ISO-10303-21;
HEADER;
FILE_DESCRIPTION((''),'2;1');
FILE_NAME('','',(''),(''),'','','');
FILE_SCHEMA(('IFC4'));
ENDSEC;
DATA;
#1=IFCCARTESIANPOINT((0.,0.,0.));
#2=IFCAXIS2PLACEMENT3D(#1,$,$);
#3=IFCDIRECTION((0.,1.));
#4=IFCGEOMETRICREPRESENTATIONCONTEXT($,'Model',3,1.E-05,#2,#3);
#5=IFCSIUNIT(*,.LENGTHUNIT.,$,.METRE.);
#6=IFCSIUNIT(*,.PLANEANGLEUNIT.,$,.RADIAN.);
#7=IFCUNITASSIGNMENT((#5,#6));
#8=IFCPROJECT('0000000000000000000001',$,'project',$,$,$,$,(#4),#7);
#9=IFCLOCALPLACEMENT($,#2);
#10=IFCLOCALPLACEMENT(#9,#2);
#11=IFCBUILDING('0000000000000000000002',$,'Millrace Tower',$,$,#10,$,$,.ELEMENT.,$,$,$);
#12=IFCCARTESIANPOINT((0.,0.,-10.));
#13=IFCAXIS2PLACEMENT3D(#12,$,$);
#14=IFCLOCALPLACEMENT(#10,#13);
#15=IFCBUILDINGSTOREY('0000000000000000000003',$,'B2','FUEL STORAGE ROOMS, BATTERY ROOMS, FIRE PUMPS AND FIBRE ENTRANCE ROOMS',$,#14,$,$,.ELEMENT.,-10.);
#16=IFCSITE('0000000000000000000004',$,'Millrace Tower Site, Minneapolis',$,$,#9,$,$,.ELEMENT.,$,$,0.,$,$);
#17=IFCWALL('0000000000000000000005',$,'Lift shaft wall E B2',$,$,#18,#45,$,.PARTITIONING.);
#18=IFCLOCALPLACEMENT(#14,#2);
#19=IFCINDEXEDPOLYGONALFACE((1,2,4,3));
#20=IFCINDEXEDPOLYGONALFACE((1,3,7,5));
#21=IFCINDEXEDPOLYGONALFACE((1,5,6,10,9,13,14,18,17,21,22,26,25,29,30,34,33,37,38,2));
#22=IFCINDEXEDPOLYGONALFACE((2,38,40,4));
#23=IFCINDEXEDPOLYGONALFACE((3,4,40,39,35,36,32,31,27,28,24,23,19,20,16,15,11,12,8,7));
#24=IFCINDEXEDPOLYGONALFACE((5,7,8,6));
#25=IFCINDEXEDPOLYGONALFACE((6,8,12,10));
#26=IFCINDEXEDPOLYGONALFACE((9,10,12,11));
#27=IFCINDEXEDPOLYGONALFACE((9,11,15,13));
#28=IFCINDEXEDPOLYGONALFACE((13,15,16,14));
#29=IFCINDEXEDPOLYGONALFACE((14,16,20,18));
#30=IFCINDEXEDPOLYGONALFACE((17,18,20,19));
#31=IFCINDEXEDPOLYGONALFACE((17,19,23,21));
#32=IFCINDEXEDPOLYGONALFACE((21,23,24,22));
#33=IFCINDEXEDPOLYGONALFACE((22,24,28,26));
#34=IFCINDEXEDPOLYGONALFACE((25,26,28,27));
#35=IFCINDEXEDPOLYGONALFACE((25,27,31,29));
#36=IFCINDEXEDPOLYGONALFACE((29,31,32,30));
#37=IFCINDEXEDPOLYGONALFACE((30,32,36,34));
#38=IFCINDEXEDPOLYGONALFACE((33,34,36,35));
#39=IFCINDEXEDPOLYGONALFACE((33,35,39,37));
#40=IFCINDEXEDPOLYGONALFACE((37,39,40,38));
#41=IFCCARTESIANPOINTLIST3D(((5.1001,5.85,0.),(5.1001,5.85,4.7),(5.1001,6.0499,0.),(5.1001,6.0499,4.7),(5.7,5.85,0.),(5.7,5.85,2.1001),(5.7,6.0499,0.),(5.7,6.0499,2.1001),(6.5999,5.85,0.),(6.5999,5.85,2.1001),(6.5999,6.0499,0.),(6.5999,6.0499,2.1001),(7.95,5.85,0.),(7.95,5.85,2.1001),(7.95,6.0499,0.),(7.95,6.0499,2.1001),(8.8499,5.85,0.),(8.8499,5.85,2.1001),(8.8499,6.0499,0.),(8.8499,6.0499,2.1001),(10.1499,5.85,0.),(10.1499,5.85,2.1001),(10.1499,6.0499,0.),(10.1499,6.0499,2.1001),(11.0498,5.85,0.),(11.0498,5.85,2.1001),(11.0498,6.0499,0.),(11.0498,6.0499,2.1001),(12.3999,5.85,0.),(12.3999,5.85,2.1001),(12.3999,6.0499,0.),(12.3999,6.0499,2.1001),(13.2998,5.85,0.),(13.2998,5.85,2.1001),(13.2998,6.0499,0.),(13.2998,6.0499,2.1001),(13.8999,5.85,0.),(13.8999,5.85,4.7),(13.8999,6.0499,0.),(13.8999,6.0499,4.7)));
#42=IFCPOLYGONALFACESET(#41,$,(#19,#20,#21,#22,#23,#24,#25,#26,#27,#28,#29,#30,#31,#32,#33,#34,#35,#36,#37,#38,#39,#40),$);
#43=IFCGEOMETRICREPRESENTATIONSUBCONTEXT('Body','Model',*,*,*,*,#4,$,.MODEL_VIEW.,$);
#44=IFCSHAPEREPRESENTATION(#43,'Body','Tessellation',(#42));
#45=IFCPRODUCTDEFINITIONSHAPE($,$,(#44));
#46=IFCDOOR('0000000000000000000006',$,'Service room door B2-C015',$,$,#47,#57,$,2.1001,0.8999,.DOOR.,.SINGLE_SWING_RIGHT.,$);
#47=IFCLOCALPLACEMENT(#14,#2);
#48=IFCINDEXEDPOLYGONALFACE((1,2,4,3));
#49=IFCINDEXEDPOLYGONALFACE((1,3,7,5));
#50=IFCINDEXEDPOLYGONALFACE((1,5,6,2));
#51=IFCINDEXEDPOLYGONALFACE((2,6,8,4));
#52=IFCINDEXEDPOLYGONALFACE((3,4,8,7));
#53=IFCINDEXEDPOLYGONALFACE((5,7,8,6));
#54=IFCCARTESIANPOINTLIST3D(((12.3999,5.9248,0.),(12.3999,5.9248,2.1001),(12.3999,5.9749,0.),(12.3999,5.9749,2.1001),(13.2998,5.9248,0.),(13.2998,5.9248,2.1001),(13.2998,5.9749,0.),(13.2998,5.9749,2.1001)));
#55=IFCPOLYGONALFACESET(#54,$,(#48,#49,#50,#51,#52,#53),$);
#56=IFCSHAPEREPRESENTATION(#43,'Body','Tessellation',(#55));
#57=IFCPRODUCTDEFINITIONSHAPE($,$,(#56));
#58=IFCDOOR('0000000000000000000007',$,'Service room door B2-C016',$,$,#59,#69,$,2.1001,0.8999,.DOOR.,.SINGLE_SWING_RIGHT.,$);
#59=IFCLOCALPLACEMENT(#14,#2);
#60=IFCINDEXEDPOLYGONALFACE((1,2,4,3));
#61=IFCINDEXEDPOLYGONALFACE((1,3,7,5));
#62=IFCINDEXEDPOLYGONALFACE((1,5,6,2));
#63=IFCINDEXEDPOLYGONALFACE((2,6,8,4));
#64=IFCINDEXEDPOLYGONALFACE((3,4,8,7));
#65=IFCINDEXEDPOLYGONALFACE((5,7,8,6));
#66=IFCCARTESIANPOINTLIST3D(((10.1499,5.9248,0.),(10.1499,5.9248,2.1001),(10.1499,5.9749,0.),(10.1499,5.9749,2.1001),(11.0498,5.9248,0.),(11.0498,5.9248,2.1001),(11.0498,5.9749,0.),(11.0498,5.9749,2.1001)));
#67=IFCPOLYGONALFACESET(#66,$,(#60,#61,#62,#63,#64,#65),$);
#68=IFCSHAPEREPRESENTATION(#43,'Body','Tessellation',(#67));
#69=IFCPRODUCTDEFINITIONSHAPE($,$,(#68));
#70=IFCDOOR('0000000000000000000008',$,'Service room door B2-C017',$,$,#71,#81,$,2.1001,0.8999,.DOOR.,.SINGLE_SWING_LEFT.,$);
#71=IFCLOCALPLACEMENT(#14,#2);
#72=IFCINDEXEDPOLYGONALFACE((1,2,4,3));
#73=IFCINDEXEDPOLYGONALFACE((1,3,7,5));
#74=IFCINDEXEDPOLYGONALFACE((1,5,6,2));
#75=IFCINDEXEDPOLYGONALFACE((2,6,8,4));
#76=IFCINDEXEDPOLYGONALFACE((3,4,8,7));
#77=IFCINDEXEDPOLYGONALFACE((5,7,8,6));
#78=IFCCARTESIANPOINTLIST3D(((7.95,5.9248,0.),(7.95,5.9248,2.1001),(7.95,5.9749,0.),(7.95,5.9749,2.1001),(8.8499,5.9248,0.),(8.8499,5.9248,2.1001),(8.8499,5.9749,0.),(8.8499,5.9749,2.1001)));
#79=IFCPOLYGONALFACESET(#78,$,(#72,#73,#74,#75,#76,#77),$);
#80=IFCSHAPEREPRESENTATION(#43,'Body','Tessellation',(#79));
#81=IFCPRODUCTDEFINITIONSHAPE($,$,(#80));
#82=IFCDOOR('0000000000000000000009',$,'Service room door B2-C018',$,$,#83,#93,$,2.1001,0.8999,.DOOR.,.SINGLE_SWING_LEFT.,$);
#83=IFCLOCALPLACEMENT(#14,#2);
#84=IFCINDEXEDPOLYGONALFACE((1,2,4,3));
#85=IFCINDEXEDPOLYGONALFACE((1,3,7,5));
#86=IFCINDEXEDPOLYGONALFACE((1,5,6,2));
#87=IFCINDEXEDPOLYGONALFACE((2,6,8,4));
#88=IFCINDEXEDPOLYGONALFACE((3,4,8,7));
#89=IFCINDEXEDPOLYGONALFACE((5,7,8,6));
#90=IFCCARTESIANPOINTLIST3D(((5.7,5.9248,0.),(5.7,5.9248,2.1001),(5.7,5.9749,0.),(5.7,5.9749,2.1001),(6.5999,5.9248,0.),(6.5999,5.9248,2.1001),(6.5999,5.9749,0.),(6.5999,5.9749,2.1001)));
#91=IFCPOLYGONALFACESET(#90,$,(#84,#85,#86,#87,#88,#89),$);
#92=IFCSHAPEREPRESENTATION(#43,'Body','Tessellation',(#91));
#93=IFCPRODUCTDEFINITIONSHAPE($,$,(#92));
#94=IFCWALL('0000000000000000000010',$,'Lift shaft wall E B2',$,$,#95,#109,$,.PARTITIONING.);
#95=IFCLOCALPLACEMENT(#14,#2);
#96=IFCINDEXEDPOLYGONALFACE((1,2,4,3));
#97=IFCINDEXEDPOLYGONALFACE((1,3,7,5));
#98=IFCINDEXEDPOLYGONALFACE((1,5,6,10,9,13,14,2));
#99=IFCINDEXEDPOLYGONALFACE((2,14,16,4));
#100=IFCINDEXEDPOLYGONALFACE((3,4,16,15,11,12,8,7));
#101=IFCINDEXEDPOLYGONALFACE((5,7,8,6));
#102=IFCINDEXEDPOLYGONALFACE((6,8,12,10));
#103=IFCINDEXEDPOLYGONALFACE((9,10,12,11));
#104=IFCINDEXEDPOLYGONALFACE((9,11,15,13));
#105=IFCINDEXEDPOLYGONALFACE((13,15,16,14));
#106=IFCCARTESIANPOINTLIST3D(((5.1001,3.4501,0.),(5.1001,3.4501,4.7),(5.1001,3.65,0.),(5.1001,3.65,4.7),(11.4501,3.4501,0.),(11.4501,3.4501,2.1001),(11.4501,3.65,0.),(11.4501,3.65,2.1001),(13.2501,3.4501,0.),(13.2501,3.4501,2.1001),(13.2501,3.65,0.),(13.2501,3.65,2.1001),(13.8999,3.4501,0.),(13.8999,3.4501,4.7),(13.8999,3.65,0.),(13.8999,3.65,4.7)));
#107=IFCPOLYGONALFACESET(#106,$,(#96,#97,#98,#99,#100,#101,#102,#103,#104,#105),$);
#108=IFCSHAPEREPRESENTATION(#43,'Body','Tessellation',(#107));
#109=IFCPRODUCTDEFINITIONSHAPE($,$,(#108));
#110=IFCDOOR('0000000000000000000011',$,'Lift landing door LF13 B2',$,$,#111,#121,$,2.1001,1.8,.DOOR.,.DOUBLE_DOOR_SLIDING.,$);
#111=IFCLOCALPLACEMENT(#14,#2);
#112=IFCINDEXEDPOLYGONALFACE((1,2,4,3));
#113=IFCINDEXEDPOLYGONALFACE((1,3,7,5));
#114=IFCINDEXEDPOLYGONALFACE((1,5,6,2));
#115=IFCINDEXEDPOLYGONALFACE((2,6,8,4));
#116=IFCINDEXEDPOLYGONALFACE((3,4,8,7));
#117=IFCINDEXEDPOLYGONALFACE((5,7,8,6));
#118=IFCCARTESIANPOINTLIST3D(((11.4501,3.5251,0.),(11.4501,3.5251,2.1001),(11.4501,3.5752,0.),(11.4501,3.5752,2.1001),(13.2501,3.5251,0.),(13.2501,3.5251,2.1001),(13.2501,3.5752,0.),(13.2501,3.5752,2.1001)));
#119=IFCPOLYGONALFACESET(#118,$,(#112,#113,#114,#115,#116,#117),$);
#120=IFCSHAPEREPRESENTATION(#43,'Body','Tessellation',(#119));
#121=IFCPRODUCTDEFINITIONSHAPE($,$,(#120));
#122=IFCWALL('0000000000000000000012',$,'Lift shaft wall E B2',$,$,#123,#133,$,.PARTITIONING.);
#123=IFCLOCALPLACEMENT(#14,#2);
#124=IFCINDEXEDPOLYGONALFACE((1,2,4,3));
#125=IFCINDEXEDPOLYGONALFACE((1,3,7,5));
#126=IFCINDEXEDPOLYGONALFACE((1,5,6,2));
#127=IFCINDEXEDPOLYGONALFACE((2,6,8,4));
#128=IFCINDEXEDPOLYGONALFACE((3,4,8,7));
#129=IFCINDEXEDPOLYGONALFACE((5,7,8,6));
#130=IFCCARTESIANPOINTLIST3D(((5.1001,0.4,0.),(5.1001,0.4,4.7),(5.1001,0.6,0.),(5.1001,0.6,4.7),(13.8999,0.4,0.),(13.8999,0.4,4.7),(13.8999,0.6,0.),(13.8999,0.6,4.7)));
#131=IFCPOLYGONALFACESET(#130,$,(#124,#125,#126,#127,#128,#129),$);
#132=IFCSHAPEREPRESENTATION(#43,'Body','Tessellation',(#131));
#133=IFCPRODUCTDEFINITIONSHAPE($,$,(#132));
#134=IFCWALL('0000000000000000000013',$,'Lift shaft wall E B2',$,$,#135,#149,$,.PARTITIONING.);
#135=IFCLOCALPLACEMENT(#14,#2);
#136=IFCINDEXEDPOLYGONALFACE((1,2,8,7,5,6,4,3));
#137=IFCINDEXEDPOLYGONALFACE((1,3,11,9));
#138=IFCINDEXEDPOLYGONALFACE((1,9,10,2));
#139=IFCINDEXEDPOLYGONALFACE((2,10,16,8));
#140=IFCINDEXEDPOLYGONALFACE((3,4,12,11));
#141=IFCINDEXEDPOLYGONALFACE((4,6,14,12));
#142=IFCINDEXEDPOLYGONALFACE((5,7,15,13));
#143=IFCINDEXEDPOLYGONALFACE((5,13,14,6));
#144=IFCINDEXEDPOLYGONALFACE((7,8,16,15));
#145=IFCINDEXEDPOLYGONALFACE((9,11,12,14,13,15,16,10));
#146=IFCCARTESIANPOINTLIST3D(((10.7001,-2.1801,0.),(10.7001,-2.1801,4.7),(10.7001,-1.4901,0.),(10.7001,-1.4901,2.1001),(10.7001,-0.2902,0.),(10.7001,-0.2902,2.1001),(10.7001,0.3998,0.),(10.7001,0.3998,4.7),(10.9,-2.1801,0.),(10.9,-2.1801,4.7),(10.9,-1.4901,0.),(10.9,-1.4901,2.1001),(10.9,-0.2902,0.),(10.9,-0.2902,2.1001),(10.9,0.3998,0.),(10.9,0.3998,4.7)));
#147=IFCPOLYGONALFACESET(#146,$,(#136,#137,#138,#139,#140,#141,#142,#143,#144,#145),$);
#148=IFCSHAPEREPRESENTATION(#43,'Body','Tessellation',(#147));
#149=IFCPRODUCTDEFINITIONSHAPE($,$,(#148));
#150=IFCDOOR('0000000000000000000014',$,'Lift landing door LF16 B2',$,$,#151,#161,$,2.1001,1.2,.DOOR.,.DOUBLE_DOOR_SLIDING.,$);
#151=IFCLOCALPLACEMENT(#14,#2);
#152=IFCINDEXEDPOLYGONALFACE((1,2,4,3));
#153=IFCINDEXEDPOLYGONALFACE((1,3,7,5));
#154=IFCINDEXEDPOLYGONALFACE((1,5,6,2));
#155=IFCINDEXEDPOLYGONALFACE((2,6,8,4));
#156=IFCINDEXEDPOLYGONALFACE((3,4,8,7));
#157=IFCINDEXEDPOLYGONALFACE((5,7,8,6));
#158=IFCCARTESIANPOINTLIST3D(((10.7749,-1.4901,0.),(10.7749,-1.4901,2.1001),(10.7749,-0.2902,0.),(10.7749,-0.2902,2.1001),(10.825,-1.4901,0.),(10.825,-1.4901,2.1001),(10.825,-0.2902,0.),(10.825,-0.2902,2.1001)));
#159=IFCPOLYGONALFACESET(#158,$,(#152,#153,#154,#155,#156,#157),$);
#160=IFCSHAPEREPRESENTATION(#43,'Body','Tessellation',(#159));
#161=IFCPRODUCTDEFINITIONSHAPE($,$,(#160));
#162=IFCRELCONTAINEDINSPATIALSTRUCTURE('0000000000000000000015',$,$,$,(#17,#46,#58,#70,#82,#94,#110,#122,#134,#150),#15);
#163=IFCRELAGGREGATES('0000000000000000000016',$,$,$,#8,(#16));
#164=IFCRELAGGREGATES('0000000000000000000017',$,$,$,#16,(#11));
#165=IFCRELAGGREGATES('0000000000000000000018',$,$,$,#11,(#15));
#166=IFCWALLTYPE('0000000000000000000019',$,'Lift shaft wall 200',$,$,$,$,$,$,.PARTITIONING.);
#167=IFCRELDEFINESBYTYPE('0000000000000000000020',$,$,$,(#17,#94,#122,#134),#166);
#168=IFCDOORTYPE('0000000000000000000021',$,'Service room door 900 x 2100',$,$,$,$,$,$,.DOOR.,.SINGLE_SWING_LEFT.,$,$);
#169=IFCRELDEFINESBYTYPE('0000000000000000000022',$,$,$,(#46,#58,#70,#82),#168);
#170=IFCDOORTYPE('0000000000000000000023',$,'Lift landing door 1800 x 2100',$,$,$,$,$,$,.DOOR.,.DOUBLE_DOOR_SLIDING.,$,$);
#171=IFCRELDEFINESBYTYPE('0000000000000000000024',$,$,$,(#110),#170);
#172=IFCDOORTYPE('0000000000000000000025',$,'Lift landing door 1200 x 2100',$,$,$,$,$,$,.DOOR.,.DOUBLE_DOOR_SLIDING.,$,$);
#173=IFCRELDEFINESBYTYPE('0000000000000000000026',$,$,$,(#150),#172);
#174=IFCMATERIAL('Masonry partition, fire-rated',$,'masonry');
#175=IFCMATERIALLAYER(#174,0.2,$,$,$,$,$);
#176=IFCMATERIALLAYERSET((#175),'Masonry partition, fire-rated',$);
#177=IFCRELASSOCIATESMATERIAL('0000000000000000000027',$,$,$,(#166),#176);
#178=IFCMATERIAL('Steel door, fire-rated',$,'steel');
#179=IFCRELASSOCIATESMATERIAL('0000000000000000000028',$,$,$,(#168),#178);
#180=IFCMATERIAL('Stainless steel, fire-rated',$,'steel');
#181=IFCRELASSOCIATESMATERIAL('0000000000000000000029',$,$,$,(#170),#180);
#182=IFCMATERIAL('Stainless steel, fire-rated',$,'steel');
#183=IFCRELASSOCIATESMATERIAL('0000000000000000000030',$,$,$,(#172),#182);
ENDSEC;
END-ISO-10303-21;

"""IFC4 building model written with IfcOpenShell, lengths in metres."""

from ifc_helpers import new_model, si_unit, direction, frame, frame_2d, origin, place, context, subcontext, project, spatial, rectangle, extrude, material, layer, layer_set, type_object, element, fill, save


model = new_model("IFC4")

# Units and contexts
model_context = context("Model", 3, precision=1e-05, world=origin(), true_north=direction((0.0, 1.0)))
body_context = subcontext(model_context, "Body", "Model", "MODEL_VIEW")
ifc_project = project(units=[si_unit("LENGTHUNIT", "METRE"), si_unit("PLANEANGLEUNIT", "RADIAN")], contexts=[model_context])

# Site, building, storey
site_placement = place(None, origin())
site = spatial("IfcSite", under=ifc_project, at=site_placement, Name="Millrace Tower Site, Minneapolis", CompositionType="ELEMENT", RefElevation=0.0)
building_placement = place(site_placement, origin())
building = spatial("IfcBuilding", under=site, at=building_placement, Name="Millrace Tower", CompositionType="ELEMENT")
storey_placement = place(building_placement, frame((0.0, 0.0, -10.0)))
storey = spatial("IfcBuildingStorey", under=building, at=storey_placement, Name="B2", Description="FUEL STORAGE ROOMS, BATTERY ROOMS, FIRE PUMPS AND FIBRE ENTRANCE ROOMS", CompositionType="ELEMENT", Elevation=-10.0)

# Wall, openings, doors
ifc_material_1 = material(Name="Masonry partition, fire-rated", Category="masonry")
ifc_layer_1 = layer(ifc_material_1, 0.2)
ifc_layer_set_1 = layer_set([ifc_layer_1], Name="Masonry partition, fire-rated")
wall_type_1 = type_object("IfcWallType", Name="Lift shaft wall 200", PredefinedType="PARTITIONING", material=ifc_layer_set_1)
wall_1_placement = place(storey_placement, frame((13.8999, 5.95, 0.0), z_axis=(0.0, 0.0, 1.0), x_axis=(-1.0, 0.0, 0.0)))
wall_1 = element("IfcWall", 1, at=wall_1_placement, inside=storey, type_object=wall_type_1, Name="Lift shaft wall E B2", PredefinedType="PARTITIONING", context=body_context, shape_type="SweptSolid", body=[
    extrude(rectangle(XDim=8.7998, YDim=0.2, at=frame_2d((4.3999, 0.0))), origin(), (0.0, 0.0, 1.0), 4.7),
])
opening_1_placement = place(wall_1_placement, frame((0.6001, 0.0, 0.0)))
opening_1 = element("IfcOpeningElement", 2, at=opening_1_placement, cuts=wall_1, PredefinedType="OPENING", context=body_context, shape_type="SweptSolid", body=[
    extrude(rectangle(XDim=0.8999, YDim=2.1001, at=frame_2d((0.45, 1.05))), frame((0.0, 0.1099, 0.0), z_axis=(0.0, -1.0, 0.0), x_axis=(1.0, 0.0, 0.0)), (0.0, 0.0, 1.0), 0.22),
])
opening_2_placement = place(wall_1_placement, frame((2.8501, 0.0, 0.0)))
opening_2 = element("IfcOpeningElement", 3, at=opening_2_placement, cuts=wall_1, PredefinedType="OPENING", context=body_context, shape_type="SweptSolid", body=[
    extrude(rectangle(XDim=0.8999, YDim=2.1001, at=frame_2d((0.45, 1.05))), frame((0.0, 0.1099, 0.0), z_axis=(0.0, -1.0, 0.0), x_axis=(1.0, 0.0, 0.0)), (0.0, 0.0, 1.0), 0.22),
])
opening_3_placement = place(wall_1_placement, frame((5.05, 0.0, 0.0)))
opening_3 = element("IfcOpeningElement", 4, at=opening_3_placement, cuts=wall_1, PredefinedType="OPENING", context=body_context, shape_type="SweptSolid", body=[
    extrude(rectangle(XDim=0.8999, YDim=2.1001, at=frame_2d((0.45, 1.05))), frame((0.0, 0.1099, 0.0), z_axis=(0.0, -1.0, 0.0), x_axis=(1.0, 0.0, 0.0)), (0.0, 0.0, 1.0), 0.22),
])
opening_4_placement = place(wall_1_placement, frame((7.3, 0.0, 0.0)))
opening_4 = element("IfcOpeningElement", 5, at=opening_4_placement, cuts=wall_1, PredefinedType="OPENING", context=body_context, shape_type="SweptSolid", body=[
    extrude(rectangle(XDim=0.8999, YDim=2.1001, at=frame_2d((0.45, 1.05))), frame((0.0, 0.1099, 0.0), z_axis=(0.0, -1.0, 0.0), x_axis=(1.0, 0.0, 0.0)), (0.0, 0.0, 1.0), 0.22),
])
ifc_material_2 = material(Name="Steel door, fire-rated", Category="steel")
door_type_1 = type_object("IfcDoorType", Name="Service room door 900 x 2100", OperationType="SINGLE_SWING_LEFT", PredefinedType="DOOR", material=ifc_material_2)
door_1_placement = place(opening_1_placement, frame((0.8999, 0.0, 0.0), z_axis=(0.0, 0.0, 1.0), x_axis=(-1.0, 0.0, 0.0)))
door_1 = element("IfcDoor", 6, at=door_1_placement, inside=storey, type_object=door_type_1, Name="Service room door B2-C015", OperationType="SINGLE_SWING_RIGHT", OverallHeight=2.1001, OverallWidth=0.8999, PredefinedType="DOOR", context=body_context, shape_type="SweptSolid", body=[
    extrude(rectangle(XDim=0.8999, YDim=2.1001, at=frame_2d((0.45, 1.05))), frame((0.0, 0.0249, 0.0), z_axis=(0.0, -1.0, 0.0), x_axis=(1.0, 0.0, 0.0)), (0.0, 0.0, 1.0), 0.05),
])
fill(opening_1, door_1)
door_2_placement = place(opening_2_placement, frame((0.8999, 0.0, 0.0), z_axis=(0.0, 0.0, 1.0), x_axis=(-1.0, 0.0, 0.0)))
door_2 = element("IfcDoor", 7, at=door_2_placement, inside=storey, type_object=door_type_1, Name="Service room door B2-C016", OperationType="SINGLE_SWING_RIGHT", OverallHeight=2.1001, OverallWidth=0.8999, PredefinedType="DOOR", context=body_context, shape_type="SweptSolid", body=[
    extrude(rectangle(XDim=0.8999, YDim=2.1001, at=frame_2d((0.45, 1.05))), frame((0.0, 0.0249, 0.0), z_axis=(0.0, -1.0, 0.0), x_axis=(1.0, 0.0, 0.0)), (0.0, 0.0, 1.0), 0.05),
])
fill(opening_2, door_2)
door_3_placement = place(opening_3_placement, frame((0.8999, 0.0, 0.0), z_axis=(0.0, 0.0, 1.0), x_axis=(-1.0, 0.0, 0.0)))
door_3 = element("IfcDoor", 8, at=door_3_placement, inside=storey, type_object=door_type_1, Name="Service room door B2-C017", OperationType="SINGLE_SWING_LEFT", OverallHeight=2.1001, OverallWidth=0.8999, PredefinedType="DOOR", context=body_context, shape_type="SweptSolid", body=[
    extrude(rectangle(XDim=0.8999, YDim=2.1001, at=frame_2d((0.45, 1.05))), frame((0.0, 0.0249, 0.0), z_axis=(0.0, -1.0, 0.0), x_axis=(1.0, 0.0, 0.0)), (0.0, 0.0, 1.0), 0.05),
])
fill(opening_3, door_3)
door_4_placement = place(opening_4_placement, frame((0.8999, 0.0, 0.0), z_axis=(0.0, 0.0, 1.0), x_axis=(-1.0, 0.0, 0.0)))
door_4 = element("IfcDoor", 9, at=door_4_placement, inside=storey, type_object=door_type_1, Name="Service room door B2-C018", OperationType="SINGLE_SWING_LEFT", OverallHeight=2.1001, OverallWidth=0.8999, PredefinedType="DOOR", context=body_context, shape_type="SweptSolid", body=[
    extrude(rectangle(XDim=0.8999, YDim=2.1001, at=frame_2d((0.45, 1.05))), frame((0.0, 0.0249, 0.0), z_axis=(0.0, -1.0, 0.0), x_axis=(1.0, 0.0, 0.0)), (0.0, 0.0, 1.0), 0.05),
])
fill(opening_4, door_4)

# Wall, opening, door
wall_2_placement = place(storey_placement, frame((13.8999, 3.55, 0.0), z_axis=(0.0, 0.0, 1.0), x_axis=(-1.0, 0.0, 0.0)))
wall_2 = element("IfcWall", 10, at=wall_2_placement, inside=storey, type_object=wall_type_1, Name="Lift shaft wall E B2", PredefinedType="PARTITIONING", context=body_context, shape_type="SweptSolid", body=[
    extrude(rectangle(XDim=8.7998, YDim=0.2, at=frame_2d((4.3999, 0.0))), origin(), (0.0, 0.0, 1.0), 4.7),
])
opening_5_placement = place(wall_2_placement, frame((0.6499, 0.0, 0.0)))
opening_5 = element("IfcOpeningElement", 11, at=opening_5_placement, cuts=wall_2, PredefinedType="OPENING", context=body_context, shape_type="SweptSolid", body=[
    extrude(rectangle(XDim=1.8, YDim=2.1001, at=frame_2d((0.8999, 1.05))), frame((0.0, 0.1099, 0.0), z_axis=(0.0, -1.0, 0.0), x_axis=(1.0, 0.0, 0.0)), (0.0, 0.0, 1.0), 0.22),
])
ifc_material_3 = material(Name="Stainless steel, fire-rated", Category="steel")
door_type_2 = type_object("IfcDoorType", Name="Lift landing door 1800 x 2100", OperationType="DOUBLE_DOOR_SLIDING", PredefinedType="DOOR", material=ifc_material_3)
door_5_placement = place(opening_5_placement, origin())
door_5 = element("IfcDoor", 12, at=door_5_placement, inside=storey, type_object=door_type_2, Name="Lift landing door LF13 B2", OperationType="DOUBLE_DOOR_SLIDING", OverallHeight=2.1001, OverallWidth=1.8, PredefinedType="DOOR", context=body_context, shape_type="SweptSolid", body=[
    extrude(rectangle(XDim=1.8, YDim=2.1001, at=frame_2d((0.8999, 1.05))), frame((0.0, 0.0249, 0.0), z_axis=(0.0, -1.0, 0.0), x_axis=(1.0, 0.0, 0.0)), (0.0, 0.0, 1.0), 0.05),
])
fill(opening_5, door_5)

# Wall
wall_3_placement = place(storey_placement, frame((13.8999, 0.5, 0.0), z_axis=(0.0, 0.0, 1.0), x_axis=(-1.0, 0.0, 0.0)))
element("IfcWall", 13, at=wall_3_placement, inside=storey, type_object=wall_type_1, Name="Lift shaft wall E B2", PredefinedType="PARTITIONING", context=body_context, shape_type="SweptSolid", body=[
    extrude(rectangle(XDim=8.7998, YDim=0.2, at=frame_2d((4.3999, 0.0))), origin(), (0.0, 0.0, 1.0), 4.7),
])

# Wall, opening, door
wall_4_placement = place(storey_placement, frame((10.8, 0.3999, 0.0), z_axis=(0.0, 0.0, 1.0), x_axis=(0.0, -1.0, 0.0)))
wall_4 = element("IfcWall", 14, at=wall_4_placement, inside=storey, type_object=wall_type_1, Name="Lift shaft wall E B2", PredefinedType="PARTITIONING", context=body_context, shape_type="SweptSolid", body=[
    extrude(rectangle(XDim=2.5798, YDim=0.2, at=frame_2d((1.29, 0.0))), origin(), (0.0, 0.0, 1.0), 4.7),
])
opening_6_placement = place(wall_4_placement, frame((0.6899, 0.0, 0.0)))
opening_6 = element("IfcOpeningElement", 15, at=opening_6_placement, cuts=wall_4, PredefinedType="OPENING", context=body_context, shape_type="SweptSolid", body=[
    extrude(rectangle(XDim=1.2, YDim=2.1001, at=frame_2d((0.6001, 1.05))), frame((0.0, 0.1099, 0.0), z_axis=(0.0, -1.0, 0.0), x_axis=(1.0, 0.0, 0.0)), (0.0, 0.0, 1.0), 0.22),
])
ifc_material_4 = material(Name="Stainless steel, fire-rated", Category="steel")
door_type_3 = type_object("IfcDoorType", Name="Lift landing door 1200 x 2100", OperationType="DOUBLE_DOOR_SLIDING", PredefinedType="DOOR", material=ifc_material_4)
door_6_placement = place(opening_6_placement, origin())
door_6 = element("IfcDoor", 16, at=door_6_placement, inside=storey, type_object=door_type_3, Name="Lift landing door LF16 B2", OperationType="DOUBLE_DOOR_SLIDING", OverallHeight=2.1001, OverallWidth=1.2, PredefinedType="DOOR", context=body_context, shape_type="SweptSolid", body=[
    extrude(rectangle(XDim=1.2, YDim=2.1001, at=frame_2d((0.6001, 1.05))), frame((0.0, 0.0249, 0.0), z_axis=(0.0, -1.0, 0.0), x_axis=(1.0, 0.0, 0.0)), (0.0, 0.0, 1.0), 0.05),
])
fill(opening_6, door_6)

save(model, "model.ifc")
